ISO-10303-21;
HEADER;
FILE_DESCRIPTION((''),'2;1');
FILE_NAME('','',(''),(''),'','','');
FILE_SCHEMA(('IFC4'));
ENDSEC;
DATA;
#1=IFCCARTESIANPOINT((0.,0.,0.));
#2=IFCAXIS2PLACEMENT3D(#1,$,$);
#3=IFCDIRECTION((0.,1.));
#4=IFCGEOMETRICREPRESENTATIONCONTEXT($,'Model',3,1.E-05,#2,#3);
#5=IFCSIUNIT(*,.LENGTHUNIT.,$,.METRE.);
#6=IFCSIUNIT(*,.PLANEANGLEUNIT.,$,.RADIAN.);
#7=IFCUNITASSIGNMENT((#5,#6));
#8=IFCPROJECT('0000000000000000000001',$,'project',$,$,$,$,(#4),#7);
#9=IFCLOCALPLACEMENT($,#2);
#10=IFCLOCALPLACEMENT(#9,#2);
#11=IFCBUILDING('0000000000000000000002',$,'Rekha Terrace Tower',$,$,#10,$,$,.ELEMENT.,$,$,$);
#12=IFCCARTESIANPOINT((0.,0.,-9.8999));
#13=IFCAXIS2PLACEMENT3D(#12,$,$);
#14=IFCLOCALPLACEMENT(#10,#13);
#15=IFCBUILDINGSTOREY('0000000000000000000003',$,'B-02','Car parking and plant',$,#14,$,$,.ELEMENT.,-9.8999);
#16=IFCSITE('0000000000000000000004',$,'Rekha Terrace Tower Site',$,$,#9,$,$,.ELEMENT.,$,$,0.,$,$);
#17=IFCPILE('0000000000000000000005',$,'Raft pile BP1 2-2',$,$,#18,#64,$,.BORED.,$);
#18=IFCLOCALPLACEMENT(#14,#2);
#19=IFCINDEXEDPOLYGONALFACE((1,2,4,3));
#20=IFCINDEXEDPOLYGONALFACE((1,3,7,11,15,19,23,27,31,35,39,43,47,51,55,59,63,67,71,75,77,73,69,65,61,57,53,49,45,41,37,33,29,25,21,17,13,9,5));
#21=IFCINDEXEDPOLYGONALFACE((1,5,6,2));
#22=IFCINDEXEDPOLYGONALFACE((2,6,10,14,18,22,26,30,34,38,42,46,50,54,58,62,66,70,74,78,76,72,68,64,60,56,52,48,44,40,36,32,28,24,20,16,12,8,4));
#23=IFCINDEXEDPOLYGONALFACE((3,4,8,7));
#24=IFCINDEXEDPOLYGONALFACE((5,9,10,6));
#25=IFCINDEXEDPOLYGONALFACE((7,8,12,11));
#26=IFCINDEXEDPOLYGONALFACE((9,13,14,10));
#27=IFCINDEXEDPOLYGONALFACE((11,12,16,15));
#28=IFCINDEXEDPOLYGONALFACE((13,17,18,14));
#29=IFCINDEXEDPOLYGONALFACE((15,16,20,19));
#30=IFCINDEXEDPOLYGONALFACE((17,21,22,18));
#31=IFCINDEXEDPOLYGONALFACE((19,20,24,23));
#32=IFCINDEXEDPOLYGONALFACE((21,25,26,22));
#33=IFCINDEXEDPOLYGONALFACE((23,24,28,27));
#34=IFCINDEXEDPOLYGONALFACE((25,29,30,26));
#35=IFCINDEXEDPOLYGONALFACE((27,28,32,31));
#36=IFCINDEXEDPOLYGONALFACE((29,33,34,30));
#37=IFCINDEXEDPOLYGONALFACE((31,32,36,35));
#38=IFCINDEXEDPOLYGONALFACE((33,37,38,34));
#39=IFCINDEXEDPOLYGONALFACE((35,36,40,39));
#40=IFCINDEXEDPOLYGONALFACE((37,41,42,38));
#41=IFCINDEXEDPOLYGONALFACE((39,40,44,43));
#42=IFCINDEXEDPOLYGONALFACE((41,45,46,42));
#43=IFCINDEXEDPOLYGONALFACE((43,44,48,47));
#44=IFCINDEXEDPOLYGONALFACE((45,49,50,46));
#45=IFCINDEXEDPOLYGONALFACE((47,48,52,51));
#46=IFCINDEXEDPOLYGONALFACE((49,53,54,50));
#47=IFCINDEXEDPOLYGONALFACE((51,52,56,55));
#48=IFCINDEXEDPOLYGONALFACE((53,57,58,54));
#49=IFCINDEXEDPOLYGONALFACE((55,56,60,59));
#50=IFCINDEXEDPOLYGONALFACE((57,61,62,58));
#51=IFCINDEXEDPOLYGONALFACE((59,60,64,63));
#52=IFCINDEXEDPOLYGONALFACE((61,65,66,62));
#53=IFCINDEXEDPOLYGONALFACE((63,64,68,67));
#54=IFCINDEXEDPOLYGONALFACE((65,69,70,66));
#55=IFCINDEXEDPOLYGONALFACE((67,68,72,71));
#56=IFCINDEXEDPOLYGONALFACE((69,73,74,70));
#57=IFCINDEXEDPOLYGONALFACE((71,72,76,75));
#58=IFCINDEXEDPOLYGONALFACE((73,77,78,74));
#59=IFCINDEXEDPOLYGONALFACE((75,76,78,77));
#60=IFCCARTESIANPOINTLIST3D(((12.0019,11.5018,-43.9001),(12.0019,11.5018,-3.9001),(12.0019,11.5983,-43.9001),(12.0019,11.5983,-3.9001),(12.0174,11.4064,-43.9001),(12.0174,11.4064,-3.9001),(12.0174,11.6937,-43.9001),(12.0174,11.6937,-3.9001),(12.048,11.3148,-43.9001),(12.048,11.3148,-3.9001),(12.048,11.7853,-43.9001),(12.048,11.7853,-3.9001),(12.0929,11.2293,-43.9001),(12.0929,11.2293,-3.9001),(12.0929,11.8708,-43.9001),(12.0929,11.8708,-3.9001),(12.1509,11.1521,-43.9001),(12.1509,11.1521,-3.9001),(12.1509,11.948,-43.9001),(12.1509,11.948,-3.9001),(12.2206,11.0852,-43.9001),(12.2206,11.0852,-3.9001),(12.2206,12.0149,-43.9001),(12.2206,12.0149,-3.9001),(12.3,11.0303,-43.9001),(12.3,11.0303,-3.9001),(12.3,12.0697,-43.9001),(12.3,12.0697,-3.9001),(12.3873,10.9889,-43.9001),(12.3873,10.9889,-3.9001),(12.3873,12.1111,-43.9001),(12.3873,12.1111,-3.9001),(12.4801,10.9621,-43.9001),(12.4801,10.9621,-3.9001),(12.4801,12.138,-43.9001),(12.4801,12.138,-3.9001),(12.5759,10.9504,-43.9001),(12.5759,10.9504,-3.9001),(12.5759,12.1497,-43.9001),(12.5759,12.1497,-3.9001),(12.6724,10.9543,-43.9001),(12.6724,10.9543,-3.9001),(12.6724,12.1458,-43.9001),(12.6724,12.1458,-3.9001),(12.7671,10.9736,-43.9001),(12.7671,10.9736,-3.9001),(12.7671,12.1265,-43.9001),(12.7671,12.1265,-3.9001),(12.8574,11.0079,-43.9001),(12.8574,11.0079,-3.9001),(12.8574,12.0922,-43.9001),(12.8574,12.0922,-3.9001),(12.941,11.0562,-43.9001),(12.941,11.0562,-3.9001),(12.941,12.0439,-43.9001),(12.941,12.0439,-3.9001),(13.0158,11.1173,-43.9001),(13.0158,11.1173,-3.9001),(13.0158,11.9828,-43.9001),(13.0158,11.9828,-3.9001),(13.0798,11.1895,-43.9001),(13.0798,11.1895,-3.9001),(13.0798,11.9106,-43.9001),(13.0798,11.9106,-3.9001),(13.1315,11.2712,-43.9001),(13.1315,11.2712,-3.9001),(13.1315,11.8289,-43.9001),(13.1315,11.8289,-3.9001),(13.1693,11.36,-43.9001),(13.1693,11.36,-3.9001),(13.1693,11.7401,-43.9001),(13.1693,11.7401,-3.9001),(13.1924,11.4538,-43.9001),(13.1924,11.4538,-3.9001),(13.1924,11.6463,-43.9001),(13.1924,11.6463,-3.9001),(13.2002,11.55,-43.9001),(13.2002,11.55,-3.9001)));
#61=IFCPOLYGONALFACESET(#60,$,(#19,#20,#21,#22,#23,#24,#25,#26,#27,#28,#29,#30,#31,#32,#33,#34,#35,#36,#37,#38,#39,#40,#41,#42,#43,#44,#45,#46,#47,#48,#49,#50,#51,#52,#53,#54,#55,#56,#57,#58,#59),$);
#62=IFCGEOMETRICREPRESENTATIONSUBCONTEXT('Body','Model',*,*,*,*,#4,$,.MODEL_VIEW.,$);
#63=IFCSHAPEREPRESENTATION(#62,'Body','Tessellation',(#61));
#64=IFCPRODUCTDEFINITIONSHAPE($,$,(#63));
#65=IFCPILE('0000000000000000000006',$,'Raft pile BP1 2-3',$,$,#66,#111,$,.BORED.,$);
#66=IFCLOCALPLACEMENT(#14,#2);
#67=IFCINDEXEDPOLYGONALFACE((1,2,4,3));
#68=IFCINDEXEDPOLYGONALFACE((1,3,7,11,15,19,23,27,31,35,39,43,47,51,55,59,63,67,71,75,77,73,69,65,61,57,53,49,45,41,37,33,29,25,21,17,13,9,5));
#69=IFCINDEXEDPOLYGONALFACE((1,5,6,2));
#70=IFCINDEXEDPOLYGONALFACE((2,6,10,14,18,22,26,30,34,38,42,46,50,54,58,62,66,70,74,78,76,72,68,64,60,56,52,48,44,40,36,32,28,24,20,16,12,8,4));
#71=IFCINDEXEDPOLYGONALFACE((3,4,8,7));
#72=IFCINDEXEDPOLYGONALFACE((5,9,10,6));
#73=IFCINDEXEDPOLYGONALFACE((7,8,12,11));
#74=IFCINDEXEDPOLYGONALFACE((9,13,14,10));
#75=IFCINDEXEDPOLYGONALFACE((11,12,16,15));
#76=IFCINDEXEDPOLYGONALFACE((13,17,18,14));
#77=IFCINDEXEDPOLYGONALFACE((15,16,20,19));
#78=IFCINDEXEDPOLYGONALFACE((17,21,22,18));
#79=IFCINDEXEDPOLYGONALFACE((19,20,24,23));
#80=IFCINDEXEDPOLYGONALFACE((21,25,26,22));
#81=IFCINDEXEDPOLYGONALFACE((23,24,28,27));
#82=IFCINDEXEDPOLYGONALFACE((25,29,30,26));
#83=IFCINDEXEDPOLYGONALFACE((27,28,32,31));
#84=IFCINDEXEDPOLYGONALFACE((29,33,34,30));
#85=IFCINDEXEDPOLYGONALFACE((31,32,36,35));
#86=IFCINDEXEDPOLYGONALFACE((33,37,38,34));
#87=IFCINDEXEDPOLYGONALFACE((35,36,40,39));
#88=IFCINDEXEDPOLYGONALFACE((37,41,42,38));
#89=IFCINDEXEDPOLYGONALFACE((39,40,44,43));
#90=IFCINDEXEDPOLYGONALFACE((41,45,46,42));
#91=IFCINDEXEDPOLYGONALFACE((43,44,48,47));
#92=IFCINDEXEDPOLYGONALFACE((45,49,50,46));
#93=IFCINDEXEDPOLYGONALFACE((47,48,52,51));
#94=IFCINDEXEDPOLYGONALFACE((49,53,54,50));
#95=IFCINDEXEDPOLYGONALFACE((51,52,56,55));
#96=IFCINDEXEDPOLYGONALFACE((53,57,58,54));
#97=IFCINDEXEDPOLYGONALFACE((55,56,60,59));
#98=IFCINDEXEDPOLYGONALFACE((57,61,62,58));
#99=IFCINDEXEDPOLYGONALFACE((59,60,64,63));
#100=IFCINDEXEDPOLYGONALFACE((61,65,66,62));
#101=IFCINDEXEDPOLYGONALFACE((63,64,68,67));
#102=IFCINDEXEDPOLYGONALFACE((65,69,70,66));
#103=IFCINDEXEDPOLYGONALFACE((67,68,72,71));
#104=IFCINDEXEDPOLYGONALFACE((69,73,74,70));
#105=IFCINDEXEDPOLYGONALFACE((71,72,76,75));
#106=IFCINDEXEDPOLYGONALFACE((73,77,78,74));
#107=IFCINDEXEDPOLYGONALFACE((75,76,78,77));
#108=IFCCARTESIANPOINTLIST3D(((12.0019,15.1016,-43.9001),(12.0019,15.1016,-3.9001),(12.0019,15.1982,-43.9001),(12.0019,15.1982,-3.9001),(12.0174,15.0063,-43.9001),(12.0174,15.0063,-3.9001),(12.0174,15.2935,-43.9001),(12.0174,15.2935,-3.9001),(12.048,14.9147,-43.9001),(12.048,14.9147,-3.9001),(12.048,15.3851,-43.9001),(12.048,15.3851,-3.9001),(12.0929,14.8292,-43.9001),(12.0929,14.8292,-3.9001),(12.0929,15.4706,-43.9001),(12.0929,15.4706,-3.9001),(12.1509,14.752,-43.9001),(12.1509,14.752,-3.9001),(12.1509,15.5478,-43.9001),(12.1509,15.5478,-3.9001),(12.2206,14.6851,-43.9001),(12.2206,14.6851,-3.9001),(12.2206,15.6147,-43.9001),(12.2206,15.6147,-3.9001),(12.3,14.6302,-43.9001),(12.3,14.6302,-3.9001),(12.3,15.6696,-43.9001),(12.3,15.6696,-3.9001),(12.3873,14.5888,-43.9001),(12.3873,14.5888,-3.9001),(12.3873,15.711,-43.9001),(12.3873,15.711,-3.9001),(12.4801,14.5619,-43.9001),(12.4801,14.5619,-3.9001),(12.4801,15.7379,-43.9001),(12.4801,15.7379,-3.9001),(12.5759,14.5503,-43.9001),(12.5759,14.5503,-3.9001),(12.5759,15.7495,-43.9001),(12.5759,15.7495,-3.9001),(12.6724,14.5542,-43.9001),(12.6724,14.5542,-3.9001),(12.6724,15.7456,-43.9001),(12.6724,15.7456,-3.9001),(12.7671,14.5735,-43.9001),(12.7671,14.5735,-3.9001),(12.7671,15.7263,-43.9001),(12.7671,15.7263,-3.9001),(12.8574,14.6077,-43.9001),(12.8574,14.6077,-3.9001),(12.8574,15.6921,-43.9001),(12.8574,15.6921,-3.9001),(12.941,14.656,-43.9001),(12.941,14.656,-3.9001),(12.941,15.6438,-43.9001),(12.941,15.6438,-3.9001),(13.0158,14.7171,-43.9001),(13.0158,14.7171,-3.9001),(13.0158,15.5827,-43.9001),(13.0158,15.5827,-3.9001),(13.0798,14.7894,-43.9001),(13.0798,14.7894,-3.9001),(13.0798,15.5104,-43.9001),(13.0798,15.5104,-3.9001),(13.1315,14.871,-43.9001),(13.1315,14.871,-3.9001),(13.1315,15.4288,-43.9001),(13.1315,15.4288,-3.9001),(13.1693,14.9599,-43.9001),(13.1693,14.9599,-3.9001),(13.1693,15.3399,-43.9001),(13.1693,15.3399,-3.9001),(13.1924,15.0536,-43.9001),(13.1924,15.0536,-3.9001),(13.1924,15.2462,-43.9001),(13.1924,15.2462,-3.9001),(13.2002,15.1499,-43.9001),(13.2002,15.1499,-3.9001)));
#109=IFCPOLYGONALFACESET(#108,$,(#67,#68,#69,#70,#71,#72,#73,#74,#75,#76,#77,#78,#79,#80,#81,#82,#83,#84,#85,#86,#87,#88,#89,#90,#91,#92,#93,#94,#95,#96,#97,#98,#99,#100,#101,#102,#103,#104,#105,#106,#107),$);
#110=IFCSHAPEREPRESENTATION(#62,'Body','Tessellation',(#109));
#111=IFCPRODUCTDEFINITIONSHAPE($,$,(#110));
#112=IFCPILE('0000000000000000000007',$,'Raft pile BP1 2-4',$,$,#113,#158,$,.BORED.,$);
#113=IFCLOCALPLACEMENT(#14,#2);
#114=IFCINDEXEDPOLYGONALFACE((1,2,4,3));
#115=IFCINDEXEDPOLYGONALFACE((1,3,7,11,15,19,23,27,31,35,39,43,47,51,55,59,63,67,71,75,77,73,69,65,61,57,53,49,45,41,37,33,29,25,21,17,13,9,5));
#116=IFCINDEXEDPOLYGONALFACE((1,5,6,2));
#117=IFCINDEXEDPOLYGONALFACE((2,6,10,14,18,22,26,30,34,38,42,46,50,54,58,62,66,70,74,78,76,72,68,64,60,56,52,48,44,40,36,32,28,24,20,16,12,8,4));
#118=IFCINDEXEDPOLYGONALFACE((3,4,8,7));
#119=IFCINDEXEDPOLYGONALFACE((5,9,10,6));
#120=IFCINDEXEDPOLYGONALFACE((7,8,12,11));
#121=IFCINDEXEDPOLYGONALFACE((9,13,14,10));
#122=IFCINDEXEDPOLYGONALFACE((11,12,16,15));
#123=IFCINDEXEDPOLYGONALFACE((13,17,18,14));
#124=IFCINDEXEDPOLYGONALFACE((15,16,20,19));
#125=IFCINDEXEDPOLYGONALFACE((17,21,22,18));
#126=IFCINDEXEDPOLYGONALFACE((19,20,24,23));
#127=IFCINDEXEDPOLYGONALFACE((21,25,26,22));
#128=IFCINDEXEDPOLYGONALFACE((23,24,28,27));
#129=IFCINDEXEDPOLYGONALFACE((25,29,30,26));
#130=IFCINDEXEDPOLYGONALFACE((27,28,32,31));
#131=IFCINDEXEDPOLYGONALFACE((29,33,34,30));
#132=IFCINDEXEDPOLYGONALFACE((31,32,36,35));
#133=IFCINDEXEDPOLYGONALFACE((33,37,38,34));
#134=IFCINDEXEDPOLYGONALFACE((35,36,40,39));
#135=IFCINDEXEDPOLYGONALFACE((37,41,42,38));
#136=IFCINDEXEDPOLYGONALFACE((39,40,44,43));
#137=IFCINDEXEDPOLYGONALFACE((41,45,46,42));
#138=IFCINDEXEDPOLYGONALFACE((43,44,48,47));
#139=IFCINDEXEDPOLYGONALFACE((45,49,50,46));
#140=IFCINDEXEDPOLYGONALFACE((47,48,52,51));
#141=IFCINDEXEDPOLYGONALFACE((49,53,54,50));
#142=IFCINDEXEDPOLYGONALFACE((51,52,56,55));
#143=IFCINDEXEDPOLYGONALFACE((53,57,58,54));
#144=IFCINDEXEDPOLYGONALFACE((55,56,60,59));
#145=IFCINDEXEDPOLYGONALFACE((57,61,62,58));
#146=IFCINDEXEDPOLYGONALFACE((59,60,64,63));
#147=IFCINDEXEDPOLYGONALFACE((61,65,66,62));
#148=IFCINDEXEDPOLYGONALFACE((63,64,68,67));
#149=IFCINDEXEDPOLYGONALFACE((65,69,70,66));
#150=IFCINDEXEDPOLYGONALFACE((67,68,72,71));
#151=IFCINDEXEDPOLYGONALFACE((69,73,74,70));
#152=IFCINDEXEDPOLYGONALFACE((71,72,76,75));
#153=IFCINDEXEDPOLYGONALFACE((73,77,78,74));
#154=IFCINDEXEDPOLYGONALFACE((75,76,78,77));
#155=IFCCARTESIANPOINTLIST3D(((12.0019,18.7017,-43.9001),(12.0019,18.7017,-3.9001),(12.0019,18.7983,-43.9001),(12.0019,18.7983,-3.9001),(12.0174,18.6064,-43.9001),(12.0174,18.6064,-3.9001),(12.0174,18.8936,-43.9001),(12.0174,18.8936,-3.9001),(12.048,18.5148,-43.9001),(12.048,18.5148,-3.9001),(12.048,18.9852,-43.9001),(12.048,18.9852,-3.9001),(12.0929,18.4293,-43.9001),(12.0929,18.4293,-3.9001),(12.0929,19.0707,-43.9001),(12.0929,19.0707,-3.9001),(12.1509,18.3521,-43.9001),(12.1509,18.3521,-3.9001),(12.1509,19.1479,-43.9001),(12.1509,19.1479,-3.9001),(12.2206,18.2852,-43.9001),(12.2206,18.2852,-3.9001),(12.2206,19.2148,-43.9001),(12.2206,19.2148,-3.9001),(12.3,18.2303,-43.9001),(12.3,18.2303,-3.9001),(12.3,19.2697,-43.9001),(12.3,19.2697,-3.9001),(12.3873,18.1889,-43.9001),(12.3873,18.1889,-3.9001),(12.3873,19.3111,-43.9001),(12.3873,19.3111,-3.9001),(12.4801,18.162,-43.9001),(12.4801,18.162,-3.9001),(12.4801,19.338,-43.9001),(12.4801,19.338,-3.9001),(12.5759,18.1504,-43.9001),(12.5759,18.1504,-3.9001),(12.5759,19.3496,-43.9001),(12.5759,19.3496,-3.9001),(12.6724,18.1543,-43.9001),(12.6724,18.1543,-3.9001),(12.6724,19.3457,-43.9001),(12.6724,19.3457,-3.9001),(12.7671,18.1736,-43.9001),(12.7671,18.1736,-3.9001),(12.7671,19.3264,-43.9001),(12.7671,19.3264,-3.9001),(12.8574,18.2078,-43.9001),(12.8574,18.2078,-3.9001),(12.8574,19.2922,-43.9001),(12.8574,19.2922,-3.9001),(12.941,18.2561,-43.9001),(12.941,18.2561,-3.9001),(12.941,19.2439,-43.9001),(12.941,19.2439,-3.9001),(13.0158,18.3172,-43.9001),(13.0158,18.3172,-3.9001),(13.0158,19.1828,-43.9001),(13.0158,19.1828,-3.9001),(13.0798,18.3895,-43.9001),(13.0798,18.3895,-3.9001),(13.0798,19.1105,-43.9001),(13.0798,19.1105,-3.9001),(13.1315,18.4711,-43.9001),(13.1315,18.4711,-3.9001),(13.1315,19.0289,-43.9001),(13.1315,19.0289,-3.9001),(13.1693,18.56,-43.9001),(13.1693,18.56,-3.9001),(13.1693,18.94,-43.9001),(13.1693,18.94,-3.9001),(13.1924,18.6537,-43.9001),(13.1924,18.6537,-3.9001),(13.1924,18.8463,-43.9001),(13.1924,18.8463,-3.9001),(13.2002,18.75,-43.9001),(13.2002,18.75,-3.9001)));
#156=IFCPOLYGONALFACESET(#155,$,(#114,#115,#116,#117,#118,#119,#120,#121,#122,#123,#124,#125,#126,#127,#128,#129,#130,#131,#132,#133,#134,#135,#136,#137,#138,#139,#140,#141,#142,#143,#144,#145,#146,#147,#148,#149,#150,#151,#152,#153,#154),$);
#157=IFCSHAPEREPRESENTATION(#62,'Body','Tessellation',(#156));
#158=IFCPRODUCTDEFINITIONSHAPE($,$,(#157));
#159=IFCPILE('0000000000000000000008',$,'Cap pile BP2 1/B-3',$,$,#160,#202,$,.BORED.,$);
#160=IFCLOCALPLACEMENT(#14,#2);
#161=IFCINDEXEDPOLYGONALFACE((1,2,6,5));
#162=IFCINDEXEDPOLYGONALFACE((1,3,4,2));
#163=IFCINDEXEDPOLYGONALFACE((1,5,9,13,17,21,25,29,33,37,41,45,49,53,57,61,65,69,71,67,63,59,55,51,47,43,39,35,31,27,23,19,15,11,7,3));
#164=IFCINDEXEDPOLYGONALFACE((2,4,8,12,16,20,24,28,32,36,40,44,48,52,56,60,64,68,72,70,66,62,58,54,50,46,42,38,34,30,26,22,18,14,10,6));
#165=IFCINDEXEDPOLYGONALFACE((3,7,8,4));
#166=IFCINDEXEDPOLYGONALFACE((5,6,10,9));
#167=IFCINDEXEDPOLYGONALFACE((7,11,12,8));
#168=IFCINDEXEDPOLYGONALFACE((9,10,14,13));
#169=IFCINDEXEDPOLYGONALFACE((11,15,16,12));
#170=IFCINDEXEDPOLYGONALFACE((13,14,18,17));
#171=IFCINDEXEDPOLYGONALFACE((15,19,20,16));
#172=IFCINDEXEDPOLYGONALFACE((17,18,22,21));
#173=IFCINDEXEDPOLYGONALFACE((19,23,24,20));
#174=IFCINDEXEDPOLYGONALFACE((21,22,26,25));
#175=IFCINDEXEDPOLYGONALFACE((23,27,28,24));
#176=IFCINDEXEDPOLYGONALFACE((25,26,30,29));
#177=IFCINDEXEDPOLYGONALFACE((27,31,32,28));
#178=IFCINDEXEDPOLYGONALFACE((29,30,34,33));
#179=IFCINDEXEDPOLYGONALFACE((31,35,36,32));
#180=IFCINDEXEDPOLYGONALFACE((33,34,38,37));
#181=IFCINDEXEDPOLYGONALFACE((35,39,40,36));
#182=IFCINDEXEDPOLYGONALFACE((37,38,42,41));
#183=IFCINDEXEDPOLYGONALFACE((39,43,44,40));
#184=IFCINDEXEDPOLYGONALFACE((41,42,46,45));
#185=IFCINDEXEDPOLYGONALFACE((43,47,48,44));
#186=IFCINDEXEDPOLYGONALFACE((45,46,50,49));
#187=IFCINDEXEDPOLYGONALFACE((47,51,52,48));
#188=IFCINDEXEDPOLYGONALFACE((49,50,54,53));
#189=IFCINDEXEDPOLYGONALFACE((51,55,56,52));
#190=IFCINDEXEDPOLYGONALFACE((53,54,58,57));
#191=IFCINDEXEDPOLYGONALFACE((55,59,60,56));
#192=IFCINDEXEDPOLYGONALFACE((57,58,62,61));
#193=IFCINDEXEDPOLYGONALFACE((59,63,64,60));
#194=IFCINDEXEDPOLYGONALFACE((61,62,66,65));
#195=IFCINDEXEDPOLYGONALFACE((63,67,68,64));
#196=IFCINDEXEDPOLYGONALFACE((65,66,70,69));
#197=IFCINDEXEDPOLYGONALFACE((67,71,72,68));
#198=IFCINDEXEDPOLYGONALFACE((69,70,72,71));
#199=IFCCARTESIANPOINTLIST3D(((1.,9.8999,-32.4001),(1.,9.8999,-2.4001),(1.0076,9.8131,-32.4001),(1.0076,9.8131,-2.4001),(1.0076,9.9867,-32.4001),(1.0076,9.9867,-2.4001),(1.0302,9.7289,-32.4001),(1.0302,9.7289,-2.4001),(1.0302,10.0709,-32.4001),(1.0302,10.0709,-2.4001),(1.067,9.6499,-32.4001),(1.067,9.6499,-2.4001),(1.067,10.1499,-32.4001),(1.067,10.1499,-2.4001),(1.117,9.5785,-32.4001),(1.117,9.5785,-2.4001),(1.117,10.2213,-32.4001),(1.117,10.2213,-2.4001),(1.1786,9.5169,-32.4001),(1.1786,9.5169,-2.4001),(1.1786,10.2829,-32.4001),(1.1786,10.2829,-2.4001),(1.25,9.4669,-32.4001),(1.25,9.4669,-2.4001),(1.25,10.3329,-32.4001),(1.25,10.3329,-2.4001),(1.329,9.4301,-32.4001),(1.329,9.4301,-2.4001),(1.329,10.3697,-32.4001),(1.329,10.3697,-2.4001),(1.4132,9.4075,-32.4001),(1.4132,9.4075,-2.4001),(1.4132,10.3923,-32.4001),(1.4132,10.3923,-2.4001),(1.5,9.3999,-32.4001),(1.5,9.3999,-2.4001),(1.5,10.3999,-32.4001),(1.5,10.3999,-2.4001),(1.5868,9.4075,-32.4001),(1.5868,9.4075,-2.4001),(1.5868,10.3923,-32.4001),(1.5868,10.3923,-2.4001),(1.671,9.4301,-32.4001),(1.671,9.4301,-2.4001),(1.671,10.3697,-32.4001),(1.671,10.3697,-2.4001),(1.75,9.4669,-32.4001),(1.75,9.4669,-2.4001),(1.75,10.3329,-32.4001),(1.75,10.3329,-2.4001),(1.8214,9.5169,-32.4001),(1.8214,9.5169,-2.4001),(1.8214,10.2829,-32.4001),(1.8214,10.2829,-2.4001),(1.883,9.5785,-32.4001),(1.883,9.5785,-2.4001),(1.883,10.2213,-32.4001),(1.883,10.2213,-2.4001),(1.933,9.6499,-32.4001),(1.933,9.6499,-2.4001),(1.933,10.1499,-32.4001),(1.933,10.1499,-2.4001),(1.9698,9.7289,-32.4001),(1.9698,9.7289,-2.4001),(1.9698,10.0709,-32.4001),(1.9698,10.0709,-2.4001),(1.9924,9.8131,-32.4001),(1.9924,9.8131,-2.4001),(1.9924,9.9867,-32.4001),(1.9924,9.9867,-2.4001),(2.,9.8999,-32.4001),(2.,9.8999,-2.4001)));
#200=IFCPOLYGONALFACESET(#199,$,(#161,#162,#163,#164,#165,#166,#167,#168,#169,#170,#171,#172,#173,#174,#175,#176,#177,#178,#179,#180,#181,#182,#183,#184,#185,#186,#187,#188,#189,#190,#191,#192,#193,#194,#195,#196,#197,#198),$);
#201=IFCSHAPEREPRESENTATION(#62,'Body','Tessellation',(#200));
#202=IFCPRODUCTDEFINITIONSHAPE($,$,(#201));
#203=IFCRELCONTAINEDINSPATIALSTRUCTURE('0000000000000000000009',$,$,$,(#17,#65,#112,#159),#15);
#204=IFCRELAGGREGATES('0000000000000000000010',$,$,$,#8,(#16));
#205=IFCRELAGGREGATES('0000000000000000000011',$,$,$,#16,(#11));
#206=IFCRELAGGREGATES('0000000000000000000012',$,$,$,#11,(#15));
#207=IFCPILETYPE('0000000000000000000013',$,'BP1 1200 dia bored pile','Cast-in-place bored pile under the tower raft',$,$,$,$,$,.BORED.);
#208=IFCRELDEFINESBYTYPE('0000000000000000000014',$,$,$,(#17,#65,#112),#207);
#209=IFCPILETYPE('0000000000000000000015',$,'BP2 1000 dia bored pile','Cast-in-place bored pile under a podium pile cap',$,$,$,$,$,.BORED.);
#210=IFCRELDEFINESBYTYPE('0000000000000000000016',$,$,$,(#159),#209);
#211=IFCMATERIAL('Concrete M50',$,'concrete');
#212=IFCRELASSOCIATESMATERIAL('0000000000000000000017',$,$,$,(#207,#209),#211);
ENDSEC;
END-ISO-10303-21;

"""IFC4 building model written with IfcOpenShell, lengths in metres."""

from ifc_helpers import new_model, si_unit, direction, frame, origin, origin_2d, place, context, subcontext, project, spatial, circle, extrude, material, type_object, element, save


model = new_model("IFC4")

# Units and contexts
model_context = context("Model", 3, precision=1e-05, world=origin(), true_north=direction((0.0, 1.0)))
body_context = subcontext(model_context, "Body", "Model", "MODEL_VIEW")
ifc_project = project(units=[si_unit("LENGTHUNIT", "METRE"), si_unit("PLANEANGLEUNIT", "RADIAN")], contexts=[model_context])

# Site, building, storey
site_placement = place(None, origin())
site = spatial("IfcSite", under=ifc_project, at=site_placement, Name="Rekha Terrace Tower Site", CompositionType="ELEMENT", RefElevation=0.0)
building_placement = place(site_placement, origin())
building = spatial("IfcBuilding", under=site, at=building_placement, Name="Rekha Terrace Tower", CompositionType="ELEMENT")
storey_placement = place(building_placement, frame((0.0, 0.0, -9.8999)))
storey = spatial("IfcBuildingStorey", under=building, at=storey_placement, Name="B-02", Description="Car parking and plant", CompositionType="ELEMENT", Elevation=-9.8999)

# Piles
ifc_material_1 = material(Name="Concrete M50", Category="concrete")
pile_type_1 = type_object("IfcPileType", Name="BP1 1200 dia bored pile", Description="Cast-in-place bored pile under the tower raft", PredefinedType="BORED", material=ifc_material_1)
for number, where, z_axis, x_axis, name in (
    (1, (12.6001, 11.55, -3.9001), (0.0, 0.0, -1.0), (1.0, 0.0, 0.0), "Raft pile BP1 2-2"),
    (2, (12.6001, 15.1499, -3.9001), (0.0, 0.0, -1.0), (1.0, 0.0, 0.0), "Raft pile BP1 2-3"),
    (3, (12.6001, 18.75, -3.9001), (0.0, 0.0, -1.0), (1.0, 0.0, 0.0), "Raft pile BP1 2-4"),
):
    element("IfcPile", number, at=place(storey_placement, frame(where, z_axis=z_axis, x_axis=x_axis)), inside=storey, type_object=pile_type_1, Name=name, PredefinedType="BORED", context=body_context, shape_type="SweptSolid", body=[
        extrude(circle(Radius=0.6001, at=origin_2d()), origin(), (0.0, 0.0, 1.0), 40.0),
    ])
pile_type_2 = type_object("IfcPileType", Name="BP2 1000 dia bored pile", Description="Cast-in-place bored pile under a podium pile cap", PredefinedType="BORED", material=ifc_material_1)
for number, where, z_axis, x_axis, name in (
    (4, (1.5, 9.8999, -2.4001), (0.0, 0.0, -1.0), (1.0, 0.0, 0.0), "Cap pile BP2 1/B-3"),
):
    element("IfcPile", number, at=place(storey_placement, frame(where, z_axis=z_axis, x_axis=x_axis)), inside=storey, type_object=pile_type_2, Name=name, PredefinedType="BORED", context=body_context, shape_type="SweptSolid", body=[
        extrude(circle(Radius=0.5, at=origin_2d()), origin(), (0.0, 0.0, 1.0), 30.0),
    ])

save(model, "model.ifc")
